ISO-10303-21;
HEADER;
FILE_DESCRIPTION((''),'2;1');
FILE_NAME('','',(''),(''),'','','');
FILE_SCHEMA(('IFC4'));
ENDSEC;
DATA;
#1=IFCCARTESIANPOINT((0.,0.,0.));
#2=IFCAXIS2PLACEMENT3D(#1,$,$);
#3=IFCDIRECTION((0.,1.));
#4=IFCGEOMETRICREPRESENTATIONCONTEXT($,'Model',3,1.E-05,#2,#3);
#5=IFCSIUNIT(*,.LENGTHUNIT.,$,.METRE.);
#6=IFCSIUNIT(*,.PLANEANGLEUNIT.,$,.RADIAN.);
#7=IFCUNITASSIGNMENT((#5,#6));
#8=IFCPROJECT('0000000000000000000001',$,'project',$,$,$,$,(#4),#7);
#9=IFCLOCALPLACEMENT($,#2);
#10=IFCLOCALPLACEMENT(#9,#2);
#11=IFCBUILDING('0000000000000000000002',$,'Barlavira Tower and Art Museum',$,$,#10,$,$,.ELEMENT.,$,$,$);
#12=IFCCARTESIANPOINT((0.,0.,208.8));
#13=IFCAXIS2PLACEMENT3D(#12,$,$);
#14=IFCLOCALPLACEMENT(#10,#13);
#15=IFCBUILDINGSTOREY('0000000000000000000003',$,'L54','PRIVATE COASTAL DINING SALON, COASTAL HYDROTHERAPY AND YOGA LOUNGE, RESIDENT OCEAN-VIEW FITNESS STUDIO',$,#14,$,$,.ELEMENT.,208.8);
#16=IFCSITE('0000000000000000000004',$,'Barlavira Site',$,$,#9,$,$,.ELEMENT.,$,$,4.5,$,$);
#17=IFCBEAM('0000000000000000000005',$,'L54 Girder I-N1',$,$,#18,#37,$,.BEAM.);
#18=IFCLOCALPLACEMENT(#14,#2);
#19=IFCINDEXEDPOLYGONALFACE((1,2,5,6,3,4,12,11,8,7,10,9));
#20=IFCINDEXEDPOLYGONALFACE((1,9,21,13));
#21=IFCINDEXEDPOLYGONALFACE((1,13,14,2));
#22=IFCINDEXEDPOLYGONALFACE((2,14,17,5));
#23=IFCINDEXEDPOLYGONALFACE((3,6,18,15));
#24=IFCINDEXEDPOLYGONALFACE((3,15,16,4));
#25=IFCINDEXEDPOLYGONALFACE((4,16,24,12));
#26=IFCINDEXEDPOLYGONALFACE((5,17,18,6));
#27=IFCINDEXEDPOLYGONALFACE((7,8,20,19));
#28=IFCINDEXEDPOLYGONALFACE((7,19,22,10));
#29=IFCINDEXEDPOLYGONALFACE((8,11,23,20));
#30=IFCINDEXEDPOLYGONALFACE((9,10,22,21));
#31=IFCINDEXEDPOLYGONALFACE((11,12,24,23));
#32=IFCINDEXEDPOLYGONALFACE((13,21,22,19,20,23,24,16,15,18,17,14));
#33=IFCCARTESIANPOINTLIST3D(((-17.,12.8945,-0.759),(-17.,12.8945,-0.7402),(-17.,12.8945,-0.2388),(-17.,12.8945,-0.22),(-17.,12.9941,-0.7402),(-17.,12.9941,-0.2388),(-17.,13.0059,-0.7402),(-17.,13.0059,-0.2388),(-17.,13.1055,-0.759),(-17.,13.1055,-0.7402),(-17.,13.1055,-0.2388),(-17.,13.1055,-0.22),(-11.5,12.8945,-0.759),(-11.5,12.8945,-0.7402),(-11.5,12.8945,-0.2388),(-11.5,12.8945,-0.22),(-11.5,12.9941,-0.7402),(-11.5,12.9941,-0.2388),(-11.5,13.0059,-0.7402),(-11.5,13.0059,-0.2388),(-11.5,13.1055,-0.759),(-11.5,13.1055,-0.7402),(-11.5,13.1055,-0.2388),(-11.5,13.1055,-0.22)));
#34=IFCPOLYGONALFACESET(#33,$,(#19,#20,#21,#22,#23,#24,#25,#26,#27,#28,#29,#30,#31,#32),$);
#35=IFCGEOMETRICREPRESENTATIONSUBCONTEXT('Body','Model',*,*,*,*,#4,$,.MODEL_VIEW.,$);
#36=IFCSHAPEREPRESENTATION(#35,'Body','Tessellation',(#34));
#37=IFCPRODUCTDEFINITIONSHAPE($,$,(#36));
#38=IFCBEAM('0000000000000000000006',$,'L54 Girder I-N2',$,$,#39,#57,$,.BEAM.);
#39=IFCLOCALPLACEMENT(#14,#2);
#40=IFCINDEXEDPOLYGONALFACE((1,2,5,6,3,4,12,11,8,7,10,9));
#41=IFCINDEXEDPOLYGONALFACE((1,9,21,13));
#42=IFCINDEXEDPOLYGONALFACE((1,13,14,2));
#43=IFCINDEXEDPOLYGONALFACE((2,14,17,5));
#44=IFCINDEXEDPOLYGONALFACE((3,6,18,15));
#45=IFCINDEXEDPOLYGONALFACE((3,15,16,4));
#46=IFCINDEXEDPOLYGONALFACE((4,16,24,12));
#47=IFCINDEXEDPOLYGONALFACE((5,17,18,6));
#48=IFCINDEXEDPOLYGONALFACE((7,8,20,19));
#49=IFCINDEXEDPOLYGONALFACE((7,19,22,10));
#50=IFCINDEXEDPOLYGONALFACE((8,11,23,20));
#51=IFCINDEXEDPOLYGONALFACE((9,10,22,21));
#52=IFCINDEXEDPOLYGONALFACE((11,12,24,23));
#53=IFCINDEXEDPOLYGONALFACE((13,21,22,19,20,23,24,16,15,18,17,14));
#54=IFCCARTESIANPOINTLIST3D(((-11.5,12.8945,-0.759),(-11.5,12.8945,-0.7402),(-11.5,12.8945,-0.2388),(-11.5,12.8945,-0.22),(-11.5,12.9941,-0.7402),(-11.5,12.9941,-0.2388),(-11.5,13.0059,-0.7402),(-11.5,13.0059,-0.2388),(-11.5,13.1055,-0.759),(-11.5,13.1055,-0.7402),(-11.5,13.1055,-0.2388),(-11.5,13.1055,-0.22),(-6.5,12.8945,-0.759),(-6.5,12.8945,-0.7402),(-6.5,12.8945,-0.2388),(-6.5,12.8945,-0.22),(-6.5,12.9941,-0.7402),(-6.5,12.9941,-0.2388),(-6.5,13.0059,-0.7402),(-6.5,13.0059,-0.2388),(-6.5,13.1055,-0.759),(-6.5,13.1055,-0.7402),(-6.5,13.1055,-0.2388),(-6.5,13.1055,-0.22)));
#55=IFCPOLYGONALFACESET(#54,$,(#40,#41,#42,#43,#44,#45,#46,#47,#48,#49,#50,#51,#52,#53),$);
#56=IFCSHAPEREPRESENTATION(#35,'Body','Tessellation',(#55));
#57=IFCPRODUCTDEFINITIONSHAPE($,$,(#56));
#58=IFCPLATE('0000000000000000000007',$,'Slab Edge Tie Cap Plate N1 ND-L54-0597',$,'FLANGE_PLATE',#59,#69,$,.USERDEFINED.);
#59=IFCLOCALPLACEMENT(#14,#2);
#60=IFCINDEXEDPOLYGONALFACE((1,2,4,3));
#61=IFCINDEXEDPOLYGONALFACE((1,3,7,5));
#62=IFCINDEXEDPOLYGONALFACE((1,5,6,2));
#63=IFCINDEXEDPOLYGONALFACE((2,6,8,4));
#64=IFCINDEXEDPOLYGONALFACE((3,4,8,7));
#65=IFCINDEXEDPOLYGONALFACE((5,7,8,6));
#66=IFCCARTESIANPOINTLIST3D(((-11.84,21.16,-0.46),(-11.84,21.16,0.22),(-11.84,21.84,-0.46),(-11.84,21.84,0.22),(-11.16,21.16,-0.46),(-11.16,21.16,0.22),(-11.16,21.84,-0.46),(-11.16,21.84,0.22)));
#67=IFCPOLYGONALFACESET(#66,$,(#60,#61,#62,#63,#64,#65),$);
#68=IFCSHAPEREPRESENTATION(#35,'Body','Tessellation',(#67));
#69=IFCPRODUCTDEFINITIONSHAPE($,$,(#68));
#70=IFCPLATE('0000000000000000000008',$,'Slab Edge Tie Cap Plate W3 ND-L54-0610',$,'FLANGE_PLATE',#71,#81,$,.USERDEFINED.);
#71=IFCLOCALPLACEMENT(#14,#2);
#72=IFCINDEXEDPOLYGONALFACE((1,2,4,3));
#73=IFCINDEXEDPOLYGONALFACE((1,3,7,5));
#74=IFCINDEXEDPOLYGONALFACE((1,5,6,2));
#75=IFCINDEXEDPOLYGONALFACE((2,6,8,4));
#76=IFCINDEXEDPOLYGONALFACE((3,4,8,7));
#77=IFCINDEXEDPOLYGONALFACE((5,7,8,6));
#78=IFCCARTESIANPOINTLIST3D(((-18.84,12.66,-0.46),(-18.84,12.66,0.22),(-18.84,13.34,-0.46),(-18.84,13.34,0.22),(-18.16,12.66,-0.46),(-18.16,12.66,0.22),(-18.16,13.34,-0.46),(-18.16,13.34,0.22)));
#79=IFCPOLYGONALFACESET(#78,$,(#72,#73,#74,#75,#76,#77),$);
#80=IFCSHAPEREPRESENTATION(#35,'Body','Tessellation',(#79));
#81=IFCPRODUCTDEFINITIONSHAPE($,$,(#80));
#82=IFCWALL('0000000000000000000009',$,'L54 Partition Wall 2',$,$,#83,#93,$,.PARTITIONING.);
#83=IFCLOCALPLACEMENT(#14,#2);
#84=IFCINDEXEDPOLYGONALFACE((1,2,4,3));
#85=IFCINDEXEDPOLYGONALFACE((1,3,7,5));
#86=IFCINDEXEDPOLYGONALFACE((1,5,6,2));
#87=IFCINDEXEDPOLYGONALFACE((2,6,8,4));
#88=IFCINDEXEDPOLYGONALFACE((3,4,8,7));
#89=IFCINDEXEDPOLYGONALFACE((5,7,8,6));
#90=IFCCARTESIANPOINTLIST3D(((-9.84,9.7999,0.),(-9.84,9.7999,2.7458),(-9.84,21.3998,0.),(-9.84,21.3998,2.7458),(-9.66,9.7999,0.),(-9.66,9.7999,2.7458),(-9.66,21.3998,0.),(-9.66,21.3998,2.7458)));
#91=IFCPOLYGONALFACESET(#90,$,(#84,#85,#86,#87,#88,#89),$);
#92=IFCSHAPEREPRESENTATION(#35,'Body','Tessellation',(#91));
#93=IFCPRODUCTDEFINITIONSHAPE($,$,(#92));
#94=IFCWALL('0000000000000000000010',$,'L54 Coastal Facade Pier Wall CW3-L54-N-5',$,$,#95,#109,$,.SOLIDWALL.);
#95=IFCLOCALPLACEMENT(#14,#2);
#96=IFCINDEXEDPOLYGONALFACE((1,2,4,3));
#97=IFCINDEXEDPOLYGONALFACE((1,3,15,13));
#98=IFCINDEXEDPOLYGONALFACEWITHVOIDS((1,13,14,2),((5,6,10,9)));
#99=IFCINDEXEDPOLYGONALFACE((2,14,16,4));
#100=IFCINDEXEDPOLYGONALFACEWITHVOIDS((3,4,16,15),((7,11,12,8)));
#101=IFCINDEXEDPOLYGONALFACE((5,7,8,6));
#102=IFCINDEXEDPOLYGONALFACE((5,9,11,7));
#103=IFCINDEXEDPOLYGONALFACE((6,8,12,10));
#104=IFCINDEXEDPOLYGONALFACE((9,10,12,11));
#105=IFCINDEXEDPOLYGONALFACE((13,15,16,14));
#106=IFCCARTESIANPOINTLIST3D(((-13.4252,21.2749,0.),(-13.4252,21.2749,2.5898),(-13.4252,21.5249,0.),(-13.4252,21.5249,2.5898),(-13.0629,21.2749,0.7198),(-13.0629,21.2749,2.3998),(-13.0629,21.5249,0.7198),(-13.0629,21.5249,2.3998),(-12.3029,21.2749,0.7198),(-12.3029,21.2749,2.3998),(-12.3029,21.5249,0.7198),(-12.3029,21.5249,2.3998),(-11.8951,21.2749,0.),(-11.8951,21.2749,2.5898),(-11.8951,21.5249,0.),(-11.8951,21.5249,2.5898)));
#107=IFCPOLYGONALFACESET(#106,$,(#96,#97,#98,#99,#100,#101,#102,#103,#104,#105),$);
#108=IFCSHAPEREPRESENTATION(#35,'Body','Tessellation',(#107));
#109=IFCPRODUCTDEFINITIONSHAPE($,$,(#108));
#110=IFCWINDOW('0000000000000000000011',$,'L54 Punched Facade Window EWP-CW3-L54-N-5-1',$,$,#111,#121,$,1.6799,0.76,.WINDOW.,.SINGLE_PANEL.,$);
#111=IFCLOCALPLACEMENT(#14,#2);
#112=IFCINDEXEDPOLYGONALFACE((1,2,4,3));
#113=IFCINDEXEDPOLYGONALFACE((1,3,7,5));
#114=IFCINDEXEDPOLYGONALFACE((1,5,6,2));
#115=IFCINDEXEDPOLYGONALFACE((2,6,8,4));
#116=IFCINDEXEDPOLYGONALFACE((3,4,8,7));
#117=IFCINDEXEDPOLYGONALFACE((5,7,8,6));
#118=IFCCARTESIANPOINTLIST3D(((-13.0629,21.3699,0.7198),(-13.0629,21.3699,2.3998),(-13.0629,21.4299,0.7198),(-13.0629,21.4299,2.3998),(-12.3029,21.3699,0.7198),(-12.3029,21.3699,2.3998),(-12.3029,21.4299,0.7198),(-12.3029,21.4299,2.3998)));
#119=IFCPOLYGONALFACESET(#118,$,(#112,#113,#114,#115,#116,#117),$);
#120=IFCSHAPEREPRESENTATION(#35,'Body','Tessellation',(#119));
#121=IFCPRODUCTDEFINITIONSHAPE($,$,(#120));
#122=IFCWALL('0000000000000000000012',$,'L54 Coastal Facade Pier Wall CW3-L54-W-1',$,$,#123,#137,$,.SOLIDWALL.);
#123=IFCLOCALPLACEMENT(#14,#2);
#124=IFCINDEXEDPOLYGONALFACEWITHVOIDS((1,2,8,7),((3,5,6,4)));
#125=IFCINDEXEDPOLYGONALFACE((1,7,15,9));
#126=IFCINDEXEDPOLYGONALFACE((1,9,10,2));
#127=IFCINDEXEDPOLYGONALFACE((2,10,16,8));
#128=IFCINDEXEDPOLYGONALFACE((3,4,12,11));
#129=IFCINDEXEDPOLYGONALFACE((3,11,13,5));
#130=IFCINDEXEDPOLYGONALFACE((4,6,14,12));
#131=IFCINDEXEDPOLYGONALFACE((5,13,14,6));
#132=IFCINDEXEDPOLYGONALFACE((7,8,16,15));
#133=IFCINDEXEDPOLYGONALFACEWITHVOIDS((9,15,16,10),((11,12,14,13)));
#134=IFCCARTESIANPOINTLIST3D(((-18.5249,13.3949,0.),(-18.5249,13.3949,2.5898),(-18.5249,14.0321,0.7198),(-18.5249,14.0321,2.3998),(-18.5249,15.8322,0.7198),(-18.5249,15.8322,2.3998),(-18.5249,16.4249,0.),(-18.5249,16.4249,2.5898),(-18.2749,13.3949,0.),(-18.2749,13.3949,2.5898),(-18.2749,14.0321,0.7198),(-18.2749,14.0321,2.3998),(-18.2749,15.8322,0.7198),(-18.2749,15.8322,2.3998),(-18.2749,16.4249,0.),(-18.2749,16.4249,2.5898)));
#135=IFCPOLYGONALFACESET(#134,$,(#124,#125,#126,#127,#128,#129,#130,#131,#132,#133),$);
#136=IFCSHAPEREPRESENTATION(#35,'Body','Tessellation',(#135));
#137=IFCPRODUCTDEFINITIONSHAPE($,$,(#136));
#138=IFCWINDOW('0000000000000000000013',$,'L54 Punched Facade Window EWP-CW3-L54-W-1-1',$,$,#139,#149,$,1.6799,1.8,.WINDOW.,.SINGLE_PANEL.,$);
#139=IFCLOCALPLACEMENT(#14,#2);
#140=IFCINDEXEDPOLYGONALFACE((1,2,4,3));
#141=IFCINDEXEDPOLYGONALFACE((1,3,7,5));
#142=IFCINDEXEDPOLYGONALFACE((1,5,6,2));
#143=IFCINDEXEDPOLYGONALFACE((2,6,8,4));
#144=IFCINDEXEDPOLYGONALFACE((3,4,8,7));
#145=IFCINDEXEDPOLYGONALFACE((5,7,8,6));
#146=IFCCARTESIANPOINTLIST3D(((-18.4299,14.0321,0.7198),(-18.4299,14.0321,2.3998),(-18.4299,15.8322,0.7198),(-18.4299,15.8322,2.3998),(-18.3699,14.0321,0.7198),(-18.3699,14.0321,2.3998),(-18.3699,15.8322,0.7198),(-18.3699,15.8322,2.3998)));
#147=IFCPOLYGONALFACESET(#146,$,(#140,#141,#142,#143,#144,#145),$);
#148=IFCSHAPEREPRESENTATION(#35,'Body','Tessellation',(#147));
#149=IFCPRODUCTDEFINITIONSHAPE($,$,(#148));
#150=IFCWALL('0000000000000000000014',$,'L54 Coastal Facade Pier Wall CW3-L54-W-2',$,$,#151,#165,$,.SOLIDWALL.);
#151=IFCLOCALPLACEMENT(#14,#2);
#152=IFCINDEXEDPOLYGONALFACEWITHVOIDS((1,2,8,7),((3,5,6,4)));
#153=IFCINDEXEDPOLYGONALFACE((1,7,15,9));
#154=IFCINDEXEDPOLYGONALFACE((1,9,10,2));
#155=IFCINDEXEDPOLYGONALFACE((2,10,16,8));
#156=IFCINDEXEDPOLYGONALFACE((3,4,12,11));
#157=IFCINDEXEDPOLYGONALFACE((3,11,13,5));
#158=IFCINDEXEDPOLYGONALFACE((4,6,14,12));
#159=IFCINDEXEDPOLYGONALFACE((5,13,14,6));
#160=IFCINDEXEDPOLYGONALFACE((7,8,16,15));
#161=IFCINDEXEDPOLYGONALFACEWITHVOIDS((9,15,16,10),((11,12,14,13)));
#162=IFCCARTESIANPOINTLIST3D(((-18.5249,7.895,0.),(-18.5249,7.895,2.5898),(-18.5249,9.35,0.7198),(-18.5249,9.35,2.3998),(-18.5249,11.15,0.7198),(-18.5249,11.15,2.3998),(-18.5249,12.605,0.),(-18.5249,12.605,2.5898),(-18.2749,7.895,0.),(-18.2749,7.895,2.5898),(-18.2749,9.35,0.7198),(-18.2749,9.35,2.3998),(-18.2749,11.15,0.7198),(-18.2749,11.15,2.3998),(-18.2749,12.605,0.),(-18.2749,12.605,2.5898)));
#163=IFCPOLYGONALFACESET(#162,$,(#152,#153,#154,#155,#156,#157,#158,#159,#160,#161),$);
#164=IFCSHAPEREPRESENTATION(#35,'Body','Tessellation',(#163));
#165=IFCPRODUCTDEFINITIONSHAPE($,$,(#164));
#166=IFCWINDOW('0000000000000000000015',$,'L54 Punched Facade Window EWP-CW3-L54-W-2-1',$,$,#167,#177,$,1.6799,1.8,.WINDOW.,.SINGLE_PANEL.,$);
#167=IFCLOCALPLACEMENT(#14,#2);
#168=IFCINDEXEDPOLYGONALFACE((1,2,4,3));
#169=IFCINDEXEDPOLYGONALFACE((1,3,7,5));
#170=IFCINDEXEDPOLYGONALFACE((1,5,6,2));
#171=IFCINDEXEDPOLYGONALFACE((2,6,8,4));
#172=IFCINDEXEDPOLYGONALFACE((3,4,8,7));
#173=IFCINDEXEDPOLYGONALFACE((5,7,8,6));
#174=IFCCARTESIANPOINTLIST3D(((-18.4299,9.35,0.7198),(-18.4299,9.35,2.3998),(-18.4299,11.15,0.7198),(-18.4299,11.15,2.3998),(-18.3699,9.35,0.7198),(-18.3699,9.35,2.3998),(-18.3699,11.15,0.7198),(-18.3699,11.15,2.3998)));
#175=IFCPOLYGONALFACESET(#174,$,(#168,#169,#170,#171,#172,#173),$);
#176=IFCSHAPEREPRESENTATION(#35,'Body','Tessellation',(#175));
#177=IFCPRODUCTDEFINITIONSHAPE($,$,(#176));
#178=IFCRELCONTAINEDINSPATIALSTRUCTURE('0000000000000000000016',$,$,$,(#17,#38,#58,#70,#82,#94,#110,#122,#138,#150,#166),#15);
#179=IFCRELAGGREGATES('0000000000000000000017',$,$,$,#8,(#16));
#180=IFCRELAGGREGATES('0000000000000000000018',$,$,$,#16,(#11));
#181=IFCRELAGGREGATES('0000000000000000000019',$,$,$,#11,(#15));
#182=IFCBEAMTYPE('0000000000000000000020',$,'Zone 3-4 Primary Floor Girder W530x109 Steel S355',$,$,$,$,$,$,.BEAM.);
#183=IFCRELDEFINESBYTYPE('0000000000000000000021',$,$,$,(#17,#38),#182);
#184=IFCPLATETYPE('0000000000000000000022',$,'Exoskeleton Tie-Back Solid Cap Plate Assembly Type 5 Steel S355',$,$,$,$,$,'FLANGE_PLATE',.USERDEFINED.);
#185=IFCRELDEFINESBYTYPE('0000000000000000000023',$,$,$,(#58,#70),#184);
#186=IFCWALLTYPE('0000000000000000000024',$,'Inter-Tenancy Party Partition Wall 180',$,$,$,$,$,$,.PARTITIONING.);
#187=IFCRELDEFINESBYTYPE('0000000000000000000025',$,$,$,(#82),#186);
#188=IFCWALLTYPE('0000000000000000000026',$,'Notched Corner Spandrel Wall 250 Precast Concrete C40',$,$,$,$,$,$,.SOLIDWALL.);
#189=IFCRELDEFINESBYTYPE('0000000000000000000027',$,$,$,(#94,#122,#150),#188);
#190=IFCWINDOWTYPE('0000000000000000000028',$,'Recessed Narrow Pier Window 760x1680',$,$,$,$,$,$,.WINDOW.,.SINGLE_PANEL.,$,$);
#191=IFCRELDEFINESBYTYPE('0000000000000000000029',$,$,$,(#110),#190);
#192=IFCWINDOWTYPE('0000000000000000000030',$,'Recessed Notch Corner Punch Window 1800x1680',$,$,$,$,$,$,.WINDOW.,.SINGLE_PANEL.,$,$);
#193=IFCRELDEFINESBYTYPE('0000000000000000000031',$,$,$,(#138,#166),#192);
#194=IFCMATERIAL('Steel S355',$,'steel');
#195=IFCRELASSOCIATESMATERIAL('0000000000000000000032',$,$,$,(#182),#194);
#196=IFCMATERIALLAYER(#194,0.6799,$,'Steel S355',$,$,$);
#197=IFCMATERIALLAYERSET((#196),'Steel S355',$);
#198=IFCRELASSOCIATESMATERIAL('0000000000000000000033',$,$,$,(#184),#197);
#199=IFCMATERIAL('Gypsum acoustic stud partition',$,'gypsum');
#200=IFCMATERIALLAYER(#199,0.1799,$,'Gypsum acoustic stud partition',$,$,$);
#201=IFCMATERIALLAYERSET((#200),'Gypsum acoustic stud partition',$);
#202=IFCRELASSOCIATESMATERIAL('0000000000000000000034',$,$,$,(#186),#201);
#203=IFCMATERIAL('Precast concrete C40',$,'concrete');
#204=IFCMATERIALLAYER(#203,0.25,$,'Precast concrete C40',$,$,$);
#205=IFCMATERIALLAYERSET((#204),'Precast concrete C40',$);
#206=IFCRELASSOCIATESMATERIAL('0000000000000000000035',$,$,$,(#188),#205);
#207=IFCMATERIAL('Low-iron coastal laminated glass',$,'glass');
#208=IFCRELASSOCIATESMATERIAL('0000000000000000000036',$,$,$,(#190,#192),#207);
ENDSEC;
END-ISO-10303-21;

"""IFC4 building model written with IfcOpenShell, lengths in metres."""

from ifc_helpers import new_model, si_unit, direction, frame, frame_2d, origin, origin_2d, place, context, subcontext, project, spatial, rectangle, i_section, extrude, material, layer, layer_set, material_profile, profile_set, type_object, element, fill, save


model = new_model("IFC4")

# Units and contexts
model_context = context("Model", 3, precision=1e-05, world=origin(), true_north=direction((0.0, 1.0)))
body_context = subcontext(model_context, "Body", "Model", "MODEL_VIEW")
ifc_project = project(units=[si_unit("LENGTHUNIT", "METRE"), si_unit("PLANEANGLEUNIT", "RADIAN")], contexts=[model_context])

# Site, building, storey
site_placement = place(None, origin())
site = spatial("IfcSite", under=ifc_project, at=site_placement, Name="Barlavira Site", CompositionType="ELEMENT", RefElevation=4.5)
building_placement = place(site_placement, origin())
building = spatial("IfcBuilding", under=site, at=building_placement, Name="Barlavira Tower and Art Museum", CompositionType="ELEMENT")
storey_placement = place(building_placement, frame((0.0, 0.0, 208.8)))
storey = spatial("IfcBuildingStorey", under=building, at=storey_placement, Name="L54", Description="PRIVATE COASTAL DINING SALON, COASTAL HYDROTHERAPY AND YOGA LOUNGE, RESIDENT OCEAN-VIEW FITNESS STUDIO", CompositionType="ELEMENT", Elevation=208.8)

# Shared definitions
ifc_material_1 = material(Name="Steel S355", Category="steel")

# Beams
ifc_material_profile_1 = material_profile(ifc_material_1, i_section(OverallWidth=0.2109, OverallDepth=0.5391, WebThickness=0.0117, FlangeThickness=0.0188, at=origin_2d()), Name="W530x109.0")
ifc_profile_set_1 = profile_set([ifc_material_profile_1], Name="Steel S355")
beam_type_1 = type_object("IfcBeamType", Name="Zone 3-4 Primary Floor Girder W530x109 Steel S355", PredefinedType="BEAM", material=ifc_profile_set_1)
beam_1_placement = place(storey_placement, frame((-17.0, 13.0, -0.4895), z_axis=(1.0, 0.0, 0.0), x_axis=(0.0, 1.0, 0.0)))
element("IfcBeam", 1, at=beam_1_placement, inside=storey, type_object=beam_type_1, Name="L54 Girder I-N1", PredefinedType="BEAM", context=body_context, shape_type="SweptSolid", body=[
    extrude(i_section(OverallWidth=0.2109, OverallDepth=0.5391, WebThickness=0.0117, FlangeThickness=0.0188, at=origin_2d()), origin(), (0.0, 0.0, 1.0), 5.5),
])
beam_2_placement = place(storey_placement, frame((-11.5, 13.0, -0.4895), z_axis=(1.0, 0.0, 0.0), x_axis=(0.0, 1.0, 0.0)))
element("IfcBeam", 2, at=beam_2_placement, inside=storey, type_object=beam_type_1, Name="L54 Girder I-N2", PredefinedType="BEAM", context=body_context, shape_type="SweptSolid", body=[
    extrude(i_section(OverallWidth=0.2109, OverallDepth=0.5391, WebThickness=0.0117, FlangeThickness=0.0188, at=origin_2d()), origin(), (0.0, 0.0, 1.0), 5.0),
])

# Plates
ifc_layer_1 = layer(ifc_material_1, 0.6799, Name="Steel S355")
ifc_layer_set_1 = layer_set([ifc_layer_1], Name="Steel S355")
plate_type = type_object("IfcPlateType", Name="Exoskeleton Tie-Back Solid Cap Plate Assembly Type 5 Steel S355", ElementType="FLANGE_PLATE", PredefinedType="USERDEFINED", material=ifc_layer_set_1)
for number, where, z_axis, x_axis, name in (
    (3, (-11.5, 21.5, -0.46), (0.0, 0.0, 1.0), (1.0, 0.0, 0.0), "Slab Edge Tie Cap Plate N1 ND-L54-0597"),
    (4, (-18.5, 13.0, -0.46), (0.0, 0.0, 1.0), (1.0, 0.0, 0.0), "Slab Edge Tie Cap Plate W3 ND-L54-0610"),
):
    element("IfcPlate", number, at=place(storey_placement, frame(where, z_axis=z_axis, x_axis=x_axis)), inside=storey, type_object=plate_type, Name=name, ObjectType="FLANGE_PLATE", PredefinedType="USERDEFINED", context=body_context, shape_type="SweptSolid", body=[
        extrude(rectangle(XDim=0.6799, YDim=0.6799, at=origin_2d()), origin(), (0.0, 0.0, 1.0), 0.6799),
    ])

# Wall
ifc_material_2 = material(Name="Gypsum acoustic stud partition", Category="gypsum")
ifc_layer_2 = layer(ifc_material_2, 0.1799, Name="Gypsum acoustic stud partition")
ifc_layer_set_2 = layer_set([ifc_layer_2], Name="Gypsum acoustic stud partition")
wall_type_1 = type_object("IfcWallType", Name="Inter-Tenancy Party Partition Wall 180", PredefinedType="PARTITIONING", material=ifc_layer_set_2)
wall_1_placement = place(storey_placement, frame((-9.75, 9.8, 0.0), z_axis=(0.0, 0.0, 1.0), x_axis=(0.0, 1.0, 0.0)))
element("IfcWall", 5, at=wall_1_placement, inside=storey, type_object=wall_type_1, Name="L54 Partition Wall 2", PredefinedType="PARTITIONING", context=body_context, shape_type="SweptSolid", body=[
    extrude(rectangle(XDim=11.5999, YDim=0.1799, at=frame_2d((5.7998, 0.0))), origin(), (0.0, 0.0, 1.0), 2.7458),
])

# Walls, openings, windows
ifc_material_3 = material(Name="Precast concrete C40", Category="concrete")
ifc_layer_3 = layer(ifc_material_3, 0.25, Name="Precast concrete C40")
ifc_layer_set_3 = layer_set([ifc_layer_3], Name="Precast concrete C40")
wall_type_2 = type_object("IfcWallType", Name="Notched Corner Spandrel Wall 250 Precast Concrete C40", PredefinedType="SOLIDWALL", material=ifc_layer_set_3)
wall_2_placement = place(storey_placement, frame((-11.895, 21.3999, 0.0), z_axis=(0.0, 0.0, 1.0), x_axis=(-1.0, 0.0, 0.0)))
wall_2 = element("IfcWall", 6, at=wall_2_placement, inside=storey, type_object=wall_type_2, Name="L54 Coastal Facade Pier Wall CW3-L54-N-5", PredefinedType="SOLIDWALL", context=body_context, shape_type="SweptSolid", body=[
    extrude(rectangle(XDim=1.53, YDim=0.25, at=frame_2d((0.7651, 0.0))), origin(), (0.0, 0.0, 1.0), 2.5898),
])
opening_1_placement = place(wall_2_placement, frame((0.408, 0.0, 0.72)))
opening_1 = element("IfcOpeningElement", 7, at=opening_1_placement, cuts=wall_2, PredefinedType="OPENING", context=body_context, shape_type="SweptSolid", body=[
    extrude(rectangle(XDim=0.76, YDim=1.6799, at=frame_2d((0.3799, 0.8398))), frame((0.0, 0.135, 0.0), z_axis=(0.0, -1.0, 0.0), x_axis=(1.0, 0.0, 0.0)), (0.0, 0.0, 1.0), 0.27),
])
ifc_material_4 = material(Name="Low-iron coastal laminated glass", Category="glass")
window_type_1 = type_object("IfcWindowType", Name="Recessed Narrow Pier Window 760x1680", PartitioningType="SINGLE_PANEL", PredefinedType="WINDOW", material=ifc_material_4)
window_1_placement = place(opening_1_placement, origin())
window_1 = element("IfcWindow", 8, at=window_1_placement, inside=storey, type_object=window_type_1, Name="L54 Punched Facade Window EWP-CW3-L54-N-5-1", OverallHeight=1.6799, OverallWidth=0.76, PartitioningType="SINGLE_PANEL", PredefinedType="WINDOW", context=body_context, shape_type="SweptSolid", body=[
    extrude(rectangle(XDim=0.76, YDim=1.6799, at=frame_2d((0.3799, 0.8398))), frame((0.0, 0.03, 0.0), z_axis=(0.0, -1.0, 0.0), x_axis=(1.0, 0.0, 0.0)), (0.0, 0.0, 1.0), 0.0601),
])
fill(opening_1, window_1)
wall_3_placement = place(storey_placement, frame((-18.3999, 16.425, 0.0), z_axis=(0.0, 0.0, 1.0), x_axis=(0.0, -1.0, 0.0)))
wall_3 = element("IfcWall", 9, at=wall_3_placement, inside=storey, type_object=wall_type_2, Name="L54 Coastal Facade Pier Wall CW3-L54-W-1", PredefinedType="SOLIDWALL", context=body_context, shape_type="SweptSolid", body=[
    extrude(rectangle(XDim=3.03, YDim=0.25, at=frame_2d((1.5151, 0.0))), origin(), (0.0, 0.0, 1.0), 2.5898),
])
opening_2_placement = place(wall_3_placement, frame((0.593, 0.0, 0.72)))
opening_2 = element("IfcOpeningElement", 10, at=opening_2_placement, cuts=wall_3, PredefinedType="OPENING", context=body_context, shape_type="SweptSolid", body=[
    extrude(rectangle(XDim=1.8, YDim=1.6799, at=frame_2d((0.8999, 0.8398))), frame((0.0, 0.135, 0.0), z_axis=(0.0, -1.0, 0.0), x_axis=(1.0, 0.0, 0.0)), (0.0, 0.0, 1.0), 0.27),
])
window_type_2 = type_object("IfcWindowType", Name="Recessed Notch Corner Punch Window 1800x1680", PartitioningType="SINGLE_PANEL", PredefinedType="WINDOW", material=ifc_material_4)
window_2_placement = place(opening_2_placement, origin())
window_2 = element("IfcWindow", 11, at=window_2_placement, inside=storey, type_object=window_type_2, Name="L54 Punched Facade Window EWP-CW3-L54-W-1-1", OverallHeight=1.6799, OverallWidth=1.8, PartitioningType="SINGLE_PANEL", PredefinedType="WINDOW", context=body_context, shape_type="SweptSolid", body=[
    extrude(rectangle(XDim=1.8, YDim=1.6799, at=frame_2d((0.8999, 0.8398))), frame((0.0, 0.03, 0.0), z_axis=(0.0, -1.0, 0.0), x_axis=(1.0, 0.0, 0.0)), (0.0, 0.0, 1.0), 0.0601),
])
fill(opening_2, window_2)
wall_4_placement = place(storey_placement, frame((-18.3999, 12.605, 0.0), z_axis=(0.0, 0.0, 1.0), x_axis=(0.0, -1.0, 0.0)))
wall_4 = element("IfcWall", 12, at=wall_4_placement, inside=storey, type_object=wall_type_2, Name="L54 Coastal Facade Pier Wall CW3-L54-W-2", PredefinedType="SOLIDWALL", context=body_context, shape_type="SweptSolid", body=[
    extrude(rectangle(XDim=4.71, YDim=0.25, at=frame_2d((2.355, 0.0))), origin(), (0.0, 0.0, 1.0), 2.5898),
])
opening_3_placement = place(wall_4_placement, frame((1.4551, 0.0, 0.72)))
opening_3 = element("IfcOpeningElement", 13, at=opening_3_placement, cuts=wall_4, PredefinedType="OPENING", context=body_context, shape_type="SweptSolid", body=[
    extrude(rectangle(XDim=1.8, YDim=1.6799, at=frame_2d((0.8999, 0.8398))), frame((0.0, 0.135, 0.0), z_axis=(0.0, -1.0, 0.0), x_axis=(1.0, 0.0, 0.0)), (0.0, 0.0, 1.0), 0.27),
])
window_3_placement = place(opening_3_placement, origin())
window_3 = element("IfcWindow", 14, at=window_3_placement, inside=storey, type_object=window_type_2, Name="L54 Punched Facade Window EWP-CW3-L54-W-2-1", OverallHeight=1.6799, OverallWidth=1.8, PartitioningType="SINGLE_PANEL", PredefinedType="WINDOW", context=body_context, shape_type="SweptSolid", body=[
    extrude(rectangle(XDim=1.8, YDim=1.6799, at=frame_2d((0.8999, 0.8398))), frame((0.0, 0.03, 0.0), z_axis=(0.0, -1.0, 0.0), x_axis=(1.0, 0.0, 0.0)), (0.0, 0.0, 1.0), 0.0601),
])
fill(opening_3, window_3)

save(model, "model.ifc")
